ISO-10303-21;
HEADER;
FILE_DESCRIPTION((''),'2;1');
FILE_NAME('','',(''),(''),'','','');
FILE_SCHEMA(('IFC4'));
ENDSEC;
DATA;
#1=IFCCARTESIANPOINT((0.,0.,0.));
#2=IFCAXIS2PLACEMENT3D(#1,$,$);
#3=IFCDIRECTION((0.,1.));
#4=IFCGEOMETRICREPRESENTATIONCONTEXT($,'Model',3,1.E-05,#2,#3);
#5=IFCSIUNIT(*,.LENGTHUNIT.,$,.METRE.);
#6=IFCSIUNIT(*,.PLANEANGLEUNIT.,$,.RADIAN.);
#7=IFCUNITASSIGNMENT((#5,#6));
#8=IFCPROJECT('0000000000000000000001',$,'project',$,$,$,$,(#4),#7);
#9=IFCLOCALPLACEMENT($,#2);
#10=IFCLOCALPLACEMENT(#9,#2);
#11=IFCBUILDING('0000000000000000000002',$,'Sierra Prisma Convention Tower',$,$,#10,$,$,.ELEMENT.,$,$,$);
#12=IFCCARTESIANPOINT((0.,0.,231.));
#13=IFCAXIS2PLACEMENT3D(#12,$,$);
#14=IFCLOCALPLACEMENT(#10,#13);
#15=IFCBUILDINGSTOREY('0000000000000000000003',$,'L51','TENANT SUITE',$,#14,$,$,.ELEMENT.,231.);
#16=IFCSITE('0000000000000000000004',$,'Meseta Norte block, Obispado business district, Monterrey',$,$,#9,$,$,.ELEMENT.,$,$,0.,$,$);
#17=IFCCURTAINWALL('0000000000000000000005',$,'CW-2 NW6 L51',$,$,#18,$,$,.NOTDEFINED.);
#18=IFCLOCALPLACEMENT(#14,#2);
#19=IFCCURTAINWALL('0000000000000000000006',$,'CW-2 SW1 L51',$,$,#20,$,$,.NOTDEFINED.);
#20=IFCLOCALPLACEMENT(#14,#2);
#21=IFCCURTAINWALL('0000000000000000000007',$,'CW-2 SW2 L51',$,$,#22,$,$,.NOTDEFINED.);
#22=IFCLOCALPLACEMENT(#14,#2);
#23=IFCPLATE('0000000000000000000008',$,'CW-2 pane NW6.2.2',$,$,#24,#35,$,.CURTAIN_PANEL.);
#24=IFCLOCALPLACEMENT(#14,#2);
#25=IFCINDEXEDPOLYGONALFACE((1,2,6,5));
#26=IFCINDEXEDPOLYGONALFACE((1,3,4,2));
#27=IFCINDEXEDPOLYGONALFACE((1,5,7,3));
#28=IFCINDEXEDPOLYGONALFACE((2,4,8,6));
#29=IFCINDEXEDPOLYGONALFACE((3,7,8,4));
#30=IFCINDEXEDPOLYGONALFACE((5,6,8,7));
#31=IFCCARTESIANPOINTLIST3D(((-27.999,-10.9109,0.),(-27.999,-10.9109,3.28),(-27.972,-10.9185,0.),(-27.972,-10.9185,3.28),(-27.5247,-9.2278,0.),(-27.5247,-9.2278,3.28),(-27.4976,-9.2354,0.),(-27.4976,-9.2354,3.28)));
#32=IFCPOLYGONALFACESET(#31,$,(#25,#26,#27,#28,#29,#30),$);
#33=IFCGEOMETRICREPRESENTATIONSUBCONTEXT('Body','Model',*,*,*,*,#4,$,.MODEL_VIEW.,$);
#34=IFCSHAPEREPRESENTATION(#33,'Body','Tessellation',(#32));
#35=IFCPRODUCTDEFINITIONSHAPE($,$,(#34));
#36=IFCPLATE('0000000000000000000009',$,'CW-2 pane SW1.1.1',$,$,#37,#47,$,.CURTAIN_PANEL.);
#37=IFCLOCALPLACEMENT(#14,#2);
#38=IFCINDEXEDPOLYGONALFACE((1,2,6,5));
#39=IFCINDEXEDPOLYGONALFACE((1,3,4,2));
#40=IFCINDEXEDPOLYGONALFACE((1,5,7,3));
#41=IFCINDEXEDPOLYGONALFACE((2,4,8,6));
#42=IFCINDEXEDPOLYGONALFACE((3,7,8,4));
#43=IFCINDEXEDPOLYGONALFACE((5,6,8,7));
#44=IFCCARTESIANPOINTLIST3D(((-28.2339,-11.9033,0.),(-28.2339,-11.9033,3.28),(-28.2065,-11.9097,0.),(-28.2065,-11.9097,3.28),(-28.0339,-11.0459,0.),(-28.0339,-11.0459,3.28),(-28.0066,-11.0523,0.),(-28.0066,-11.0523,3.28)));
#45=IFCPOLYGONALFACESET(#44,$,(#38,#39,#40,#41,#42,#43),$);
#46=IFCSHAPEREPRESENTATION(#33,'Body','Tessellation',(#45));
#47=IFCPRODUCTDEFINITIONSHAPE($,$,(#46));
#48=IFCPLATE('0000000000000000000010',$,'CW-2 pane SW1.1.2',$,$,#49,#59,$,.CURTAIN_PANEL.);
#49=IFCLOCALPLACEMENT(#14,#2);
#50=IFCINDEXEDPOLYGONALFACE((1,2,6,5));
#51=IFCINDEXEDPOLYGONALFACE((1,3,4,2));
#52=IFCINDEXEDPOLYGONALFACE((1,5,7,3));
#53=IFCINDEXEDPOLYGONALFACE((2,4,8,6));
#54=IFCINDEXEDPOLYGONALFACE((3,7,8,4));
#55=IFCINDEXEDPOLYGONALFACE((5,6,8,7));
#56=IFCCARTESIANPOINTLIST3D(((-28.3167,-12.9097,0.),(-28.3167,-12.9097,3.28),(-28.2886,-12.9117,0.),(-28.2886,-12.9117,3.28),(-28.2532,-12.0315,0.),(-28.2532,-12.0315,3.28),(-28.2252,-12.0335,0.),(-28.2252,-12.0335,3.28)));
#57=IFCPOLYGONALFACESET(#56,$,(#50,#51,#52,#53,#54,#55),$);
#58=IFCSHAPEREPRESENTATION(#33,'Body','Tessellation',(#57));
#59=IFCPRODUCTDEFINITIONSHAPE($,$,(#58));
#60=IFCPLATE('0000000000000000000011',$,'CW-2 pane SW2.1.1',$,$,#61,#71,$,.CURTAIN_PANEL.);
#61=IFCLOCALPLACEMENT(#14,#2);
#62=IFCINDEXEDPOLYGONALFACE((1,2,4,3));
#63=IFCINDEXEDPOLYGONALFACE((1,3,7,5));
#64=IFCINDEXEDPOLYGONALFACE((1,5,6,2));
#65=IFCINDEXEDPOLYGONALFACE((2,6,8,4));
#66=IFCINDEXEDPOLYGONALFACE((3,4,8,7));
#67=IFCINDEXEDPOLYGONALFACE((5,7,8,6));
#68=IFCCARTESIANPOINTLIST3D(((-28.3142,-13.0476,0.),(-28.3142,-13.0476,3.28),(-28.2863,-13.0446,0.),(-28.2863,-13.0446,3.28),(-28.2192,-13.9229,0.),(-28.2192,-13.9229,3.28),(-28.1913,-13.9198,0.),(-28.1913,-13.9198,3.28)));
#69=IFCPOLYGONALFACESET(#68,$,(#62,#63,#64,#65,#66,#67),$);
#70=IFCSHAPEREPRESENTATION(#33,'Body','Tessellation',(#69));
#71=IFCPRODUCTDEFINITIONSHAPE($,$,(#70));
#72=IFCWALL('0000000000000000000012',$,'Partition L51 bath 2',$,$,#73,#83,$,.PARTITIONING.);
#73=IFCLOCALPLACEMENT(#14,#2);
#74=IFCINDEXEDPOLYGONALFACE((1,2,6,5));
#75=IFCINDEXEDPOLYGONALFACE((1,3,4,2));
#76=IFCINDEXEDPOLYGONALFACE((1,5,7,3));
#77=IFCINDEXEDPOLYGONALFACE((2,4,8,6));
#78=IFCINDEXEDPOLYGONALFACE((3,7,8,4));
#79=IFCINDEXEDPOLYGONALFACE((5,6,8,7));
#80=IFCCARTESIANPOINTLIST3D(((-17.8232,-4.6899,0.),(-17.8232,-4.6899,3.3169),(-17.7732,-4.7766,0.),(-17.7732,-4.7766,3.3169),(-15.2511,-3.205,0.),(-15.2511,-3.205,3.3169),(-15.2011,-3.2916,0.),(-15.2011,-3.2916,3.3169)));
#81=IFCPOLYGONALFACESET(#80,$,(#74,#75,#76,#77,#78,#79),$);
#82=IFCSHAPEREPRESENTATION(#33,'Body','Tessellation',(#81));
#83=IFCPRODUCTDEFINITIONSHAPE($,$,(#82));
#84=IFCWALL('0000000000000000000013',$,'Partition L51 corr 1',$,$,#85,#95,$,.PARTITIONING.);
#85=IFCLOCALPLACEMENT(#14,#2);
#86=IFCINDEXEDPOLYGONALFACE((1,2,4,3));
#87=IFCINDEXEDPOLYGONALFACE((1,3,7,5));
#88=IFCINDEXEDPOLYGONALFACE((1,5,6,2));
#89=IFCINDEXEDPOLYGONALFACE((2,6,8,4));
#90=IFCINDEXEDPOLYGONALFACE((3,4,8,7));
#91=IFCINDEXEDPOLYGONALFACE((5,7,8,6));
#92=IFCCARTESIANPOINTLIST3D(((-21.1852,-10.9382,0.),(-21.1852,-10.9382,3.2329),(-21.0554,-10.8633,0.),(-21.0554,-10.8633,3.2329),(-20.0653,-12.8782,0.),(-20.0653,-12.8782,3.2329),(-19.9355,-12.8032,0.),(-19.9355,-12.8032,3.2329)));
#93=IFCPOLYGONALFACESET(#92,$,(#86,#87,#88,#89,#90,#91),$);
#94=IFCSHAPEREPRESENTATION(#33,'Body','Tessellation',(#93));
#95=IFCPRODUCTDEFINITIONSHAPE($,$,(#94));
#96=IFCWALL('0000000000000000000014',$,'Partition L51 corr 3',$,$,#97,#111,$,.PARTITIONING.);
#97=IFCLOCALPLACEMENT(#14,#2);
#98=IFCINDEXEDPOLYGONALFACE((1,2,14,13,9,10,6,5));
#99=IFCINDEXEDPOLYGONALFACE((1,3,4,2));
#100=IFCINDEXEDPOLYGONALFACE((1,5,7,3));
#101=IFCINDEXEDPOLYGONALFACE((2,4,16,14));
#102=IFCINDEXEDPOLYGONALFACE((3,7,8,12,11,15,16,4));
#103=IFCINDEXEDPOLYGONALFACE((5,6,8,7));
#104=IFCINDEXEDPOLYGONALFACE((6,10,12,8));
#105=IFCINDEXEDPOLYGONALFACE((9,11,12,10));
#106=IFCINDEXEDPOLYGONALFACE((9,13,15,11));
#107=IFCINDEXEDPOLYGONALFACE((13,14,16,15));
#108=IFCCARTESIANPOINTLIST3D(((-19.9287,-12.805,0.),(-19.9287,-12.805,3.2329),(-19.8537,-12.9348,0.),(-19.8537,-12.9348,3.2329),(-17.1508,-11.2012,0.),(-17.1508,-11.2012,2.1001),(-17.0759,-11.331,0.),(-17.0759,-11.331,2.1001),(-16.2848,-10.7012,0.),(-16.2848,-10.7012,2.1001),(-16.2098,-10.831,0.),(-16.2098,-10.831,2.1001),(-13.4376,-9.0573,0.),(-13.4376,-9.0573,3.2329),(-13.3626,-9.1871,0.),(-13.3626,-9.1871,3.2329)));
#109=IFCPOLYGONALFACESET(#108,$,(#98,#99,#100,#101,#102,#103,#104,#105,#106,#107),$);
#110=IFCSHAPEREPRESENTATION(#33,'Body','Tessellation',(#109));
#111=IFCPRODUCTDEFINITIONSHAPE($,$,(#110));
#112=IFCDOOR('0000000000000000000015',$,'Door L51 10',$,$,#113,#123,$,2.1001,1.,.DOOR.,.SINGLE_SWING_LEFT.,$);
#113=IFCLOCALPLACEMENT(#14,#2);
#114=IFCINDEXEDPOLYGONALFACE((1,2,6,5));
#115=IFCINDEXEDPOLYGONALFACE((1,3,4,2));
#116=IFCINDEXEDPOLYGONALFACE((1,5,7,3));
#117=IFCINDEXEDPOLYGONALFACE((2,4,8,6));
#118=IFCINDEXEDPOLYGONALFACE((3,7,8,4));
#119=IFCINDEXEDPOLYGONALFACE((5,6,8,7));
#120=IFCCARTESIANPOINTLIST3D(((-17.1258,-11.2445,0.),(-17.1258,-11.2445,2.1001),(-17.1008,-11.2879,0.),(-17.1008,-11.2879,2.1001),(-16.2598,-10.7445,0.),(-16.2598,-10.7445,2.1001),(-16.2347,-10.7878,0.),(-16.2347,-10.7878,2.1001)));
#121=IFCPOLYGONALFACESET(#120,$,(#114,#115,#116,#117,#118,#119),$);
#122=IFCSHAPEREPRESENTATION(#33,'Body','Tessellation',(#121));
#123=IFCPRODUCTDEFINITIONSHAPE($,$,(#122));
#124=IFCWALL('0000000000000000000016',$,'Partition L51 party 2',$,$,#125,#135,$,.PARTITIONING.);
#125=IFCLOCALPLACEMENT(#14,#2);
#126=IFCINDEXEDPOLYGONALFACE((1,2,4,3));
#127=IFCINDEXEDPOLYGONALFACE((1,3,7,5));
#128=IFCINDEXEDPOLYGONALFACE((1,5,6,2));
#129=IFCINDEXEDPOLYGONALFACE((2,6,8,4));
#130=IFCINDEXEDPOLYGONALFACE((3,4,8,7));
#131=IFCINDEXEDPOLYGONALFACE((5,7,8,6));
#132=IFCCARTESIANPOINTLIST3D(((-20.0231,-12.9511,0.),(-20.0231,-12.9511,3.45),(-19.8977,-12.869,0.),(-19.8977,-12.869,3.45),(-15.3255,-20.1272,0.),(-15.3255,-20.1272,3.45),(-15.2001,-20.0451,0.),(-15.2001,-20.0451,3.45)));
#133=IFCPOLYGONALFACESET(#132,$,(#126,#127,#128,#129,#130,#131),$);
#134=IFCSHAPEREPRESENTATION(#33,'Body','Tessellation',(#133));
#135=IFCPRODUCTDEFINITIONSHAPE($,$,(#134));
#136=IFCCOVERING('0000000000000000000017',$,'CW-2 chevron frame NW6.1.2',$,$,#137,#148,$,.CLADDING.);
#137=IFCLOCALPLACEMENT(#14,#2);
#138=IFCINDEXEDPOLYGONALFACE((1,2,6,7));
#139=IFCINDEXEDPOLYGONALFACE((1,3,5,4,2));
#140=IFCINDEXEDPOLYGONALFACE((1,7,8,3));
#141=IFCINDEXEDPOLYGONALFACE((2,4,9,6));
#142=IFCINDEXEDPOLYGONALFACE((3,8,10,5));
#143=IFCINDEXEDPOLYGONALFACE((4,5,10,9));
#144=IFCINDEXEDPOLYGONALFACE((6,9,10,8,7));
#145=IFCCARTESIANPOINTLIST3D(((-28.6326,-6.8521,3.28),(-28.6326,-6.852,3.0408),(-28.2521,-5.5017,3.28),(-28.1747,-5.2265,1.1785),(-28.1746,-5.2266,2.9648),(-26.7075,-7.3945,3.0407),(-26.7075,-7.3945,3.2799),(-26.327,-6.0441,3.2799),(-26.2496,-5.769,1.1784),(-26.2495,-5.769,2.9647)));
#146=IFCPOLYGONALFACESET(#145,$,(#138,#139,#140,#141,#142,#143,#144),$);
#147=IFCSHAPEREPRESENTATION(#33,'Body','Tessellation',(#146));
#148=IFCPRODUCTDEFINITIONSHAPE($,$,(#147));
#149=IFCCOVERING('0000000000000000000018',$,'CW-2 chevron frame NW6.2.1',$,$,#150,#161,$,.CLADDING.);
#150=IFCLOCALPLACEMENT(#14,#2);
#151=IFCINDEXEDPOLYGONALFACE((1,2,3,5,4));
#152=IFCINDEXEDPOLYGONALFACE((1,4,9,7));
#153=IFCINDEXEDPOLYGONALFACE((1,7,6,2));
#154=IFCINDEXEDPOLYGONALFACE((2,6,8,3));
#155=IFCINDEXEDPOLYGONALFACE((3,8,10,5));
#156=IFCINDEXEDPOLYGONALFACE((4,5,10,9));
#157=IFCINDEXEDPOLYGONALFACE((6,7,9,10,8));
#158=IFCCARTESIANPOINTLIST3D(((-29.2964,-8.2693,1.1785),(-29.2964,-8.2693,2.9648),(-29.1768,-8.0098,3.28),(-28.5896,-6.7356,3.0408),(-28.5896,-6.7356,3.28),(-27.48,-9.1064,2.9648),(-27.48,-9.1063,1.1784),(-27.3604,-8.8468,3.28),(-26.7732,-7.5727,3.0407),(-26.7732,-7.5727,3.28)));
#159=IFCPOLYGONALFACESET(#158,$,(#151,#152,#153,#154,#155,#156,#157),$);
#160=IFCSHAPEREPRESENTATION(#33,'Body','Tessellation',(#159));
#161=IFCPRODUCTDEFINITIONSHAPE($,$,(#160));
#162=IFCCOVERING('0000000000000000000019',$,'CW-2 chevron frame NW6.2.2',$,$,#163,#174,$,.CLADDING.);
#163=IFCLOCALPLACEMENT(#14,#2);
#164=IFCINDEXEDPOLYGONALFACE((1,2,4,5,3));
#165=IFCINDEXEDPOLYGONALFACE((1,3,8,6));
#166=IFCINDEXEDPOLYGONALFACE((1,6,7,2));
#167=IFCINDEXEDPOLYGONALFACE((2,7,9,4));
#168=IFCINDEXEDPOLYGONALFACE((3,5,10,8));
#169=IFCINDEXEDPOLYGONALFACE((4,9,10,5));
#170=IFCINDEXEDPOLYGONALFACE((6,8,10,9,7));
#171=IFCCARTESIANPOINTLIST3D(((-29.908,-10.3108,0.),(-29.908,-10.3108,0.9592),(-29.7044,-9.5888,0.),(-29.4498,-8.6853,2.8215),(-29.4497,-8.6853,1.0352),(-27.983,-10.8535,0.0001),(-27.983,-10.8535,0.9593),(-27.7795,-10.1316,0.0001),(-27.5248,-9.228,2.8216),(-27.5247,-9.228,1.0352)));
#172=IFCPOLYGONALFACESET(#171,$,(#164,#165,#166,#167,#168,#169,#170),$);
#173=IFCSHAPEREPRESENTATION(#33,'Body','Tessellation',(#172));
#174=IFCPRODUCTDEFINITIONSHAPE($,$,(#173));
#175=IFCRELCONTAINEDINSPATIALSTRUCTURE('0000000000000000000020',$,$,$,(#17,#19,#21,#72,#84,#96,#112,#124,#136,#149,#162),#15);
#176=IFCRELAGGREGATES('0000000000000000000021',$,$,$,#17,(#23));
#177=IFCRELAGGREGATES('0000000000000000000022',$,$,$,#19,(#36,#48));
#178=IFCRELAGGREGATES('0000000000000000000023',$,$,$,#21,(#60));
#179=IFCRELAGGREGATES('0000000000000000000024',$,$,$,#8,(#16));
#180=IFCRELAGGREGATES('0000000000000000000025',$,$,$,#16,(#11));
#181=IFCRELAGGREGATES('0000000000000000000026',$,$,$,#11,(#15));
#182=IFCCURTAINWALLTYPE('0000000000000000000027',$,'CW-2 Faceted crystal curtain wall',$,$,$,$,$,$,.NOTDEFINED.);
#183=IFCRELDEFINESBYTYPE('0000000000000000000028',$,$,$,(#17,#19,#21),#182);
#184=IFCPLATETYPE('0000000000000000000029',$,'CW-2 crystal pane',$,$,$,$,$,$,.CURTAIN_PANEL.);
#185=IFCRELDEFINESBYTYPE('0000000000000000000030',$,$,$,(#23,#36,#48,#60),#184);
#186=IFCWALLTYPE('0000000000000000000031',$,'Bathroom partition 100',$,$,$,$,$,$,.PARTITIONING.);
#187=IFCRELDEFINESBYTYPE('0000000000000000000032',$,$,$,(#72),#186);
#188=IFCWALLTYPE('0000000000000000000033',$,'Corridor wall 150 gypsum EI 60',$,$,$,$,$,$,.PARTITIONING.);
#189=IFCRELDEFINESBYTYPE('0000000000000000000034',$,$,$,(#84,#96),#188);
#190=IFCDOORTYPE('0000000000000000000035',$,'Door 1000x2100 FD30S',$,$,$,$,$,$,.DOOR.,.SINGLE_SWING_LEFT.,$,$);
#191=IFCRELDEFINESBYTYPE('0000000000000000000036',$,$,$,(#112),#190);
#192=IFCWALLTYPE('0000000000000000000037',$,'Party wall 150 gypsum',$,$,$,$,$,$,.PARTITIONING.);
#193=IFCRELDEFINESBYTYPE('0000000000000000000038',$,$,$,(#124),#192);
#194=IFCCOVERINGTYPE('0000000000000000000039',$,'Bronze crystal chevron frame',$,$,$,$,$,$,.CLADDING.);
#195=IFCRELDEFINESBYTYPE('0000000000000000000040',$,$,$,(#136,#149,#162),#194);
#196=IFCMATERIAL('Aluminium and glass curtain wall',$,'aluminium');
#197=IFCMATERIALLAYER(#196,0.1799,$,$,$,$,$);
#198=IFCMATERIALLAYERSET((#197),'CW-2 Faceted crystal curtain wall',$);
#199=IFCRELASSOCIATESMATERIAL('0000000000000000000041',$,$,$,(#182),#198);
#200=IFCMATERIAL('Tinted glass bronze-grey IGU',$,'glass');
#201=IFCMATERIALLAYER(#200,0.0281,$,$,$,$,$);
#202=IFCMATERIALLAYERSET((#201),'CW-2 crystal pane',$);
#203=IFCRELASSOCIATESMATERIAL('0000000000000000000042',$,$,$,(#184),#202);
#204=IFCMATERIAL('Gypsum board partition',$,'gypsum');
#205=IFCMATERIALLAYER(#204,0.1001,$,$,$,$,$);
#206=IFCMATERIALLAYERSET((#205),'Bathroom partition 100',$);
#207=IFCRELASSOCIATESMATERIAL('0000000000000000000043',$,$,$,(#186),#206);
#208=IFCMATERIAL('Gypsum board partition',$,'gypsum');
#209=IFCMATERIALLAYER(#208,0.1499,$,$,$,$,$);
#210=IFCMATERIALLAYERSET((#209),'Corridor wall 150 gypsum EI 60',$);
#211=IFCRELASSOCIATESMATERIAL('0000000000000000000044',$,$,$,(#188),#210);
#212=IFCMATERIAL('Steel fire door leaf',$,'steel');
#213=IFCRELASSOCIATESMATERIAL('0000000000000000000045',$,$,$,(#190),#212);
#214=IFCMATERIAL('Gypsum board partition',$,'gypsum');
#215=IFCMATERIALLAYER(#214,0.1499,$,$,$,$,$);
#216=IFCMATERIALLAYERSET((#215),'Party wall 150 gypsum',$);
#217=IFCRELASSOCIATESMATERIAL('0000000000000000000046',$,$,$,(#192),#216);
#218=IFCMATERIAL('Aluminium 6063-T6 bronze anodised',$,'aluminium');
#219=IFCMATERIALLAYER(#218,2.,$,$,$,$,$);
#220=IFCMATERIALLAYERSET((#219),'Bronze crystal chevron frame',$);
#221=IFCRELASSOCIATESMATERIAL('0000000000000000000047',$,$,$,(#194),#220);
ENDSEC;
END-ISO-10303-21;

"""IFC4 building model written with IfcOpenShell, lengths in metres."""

from ifc_helpers import new_model, si_unit, direction, frame, frame_2d, origin, place, context, subcontext, project, spatial, polyline, rectangle, outline, extrude, material, layer, layer_set, type_object, element, fill, aggregate, save


model = new_model("IFC4")

# Units and contexts
model_context = context("Model", 3, precision=1e-05, world=origin(), true_north=direction((0.0, 1.0)))
body_context = subcontext(model_context, "Body", "Model", "MODEL_VIEW")
ifc_project = project(units=[si_unit("LENGTHUNIT", "METRE"), si_unit("PLANEANGLEUNIT", "RADIAN")], contexts=[model_context])

# Site, building, storey
site_placement = place(None, origin())
site = spatial("IfcSite", under=ifc_project, at=site_placement, Name="Meseta Norte block, Obispado business district, Monterrey", CompositionType="ELEMENT", RefElevation=0.0)
building_placement = place(site_placement, origin())
building = spatial("IfcBuilding", under=site, at=building_placement, Name="Sierra Prisma Convention Tower", CompositionType="ELEMENT")
storey_placement = place(building_placement, frame((0.0, 0.0, 231.0)))
storey = spatial("IfcBuildingStorey", under=building, at=storey_placement, Name="L51", Description="TENANT SUITE", CompositionType="ELEMENT", Elevation=231.0)

# Curtain wall
ifc_material_1 = material(Name="Aluminium and glass curtain wall", Category="aluminium")
ifc_layer_1 = layer(ifc_material_1, 0.1799)
ifc_layer_set_1 = layer_set([ifc_layer_1], Name="CW-2 Faceted crystal curtain wall")
curtain_wall_type = type_object("IfcCurtainWallType", Name="CW-2 Faceted crystal curtain wall", PredefinedType="NOTDEFINED", material=ifc_layer_set_1)
curtain_wall_1_placement = place(storey_placement, origin())
curtain_wall_1 = element("IfcCurtainWall", 1, at=curtain_wall_1_placement, inside=storey, type_object=curtain_wall_type, Name="CW-2 NW6 L51", PredefinedType="NOTDEFINED")

# Curtain walls
curtain_wall_2_placement = place(storey_placement, origin())
curtain_wall_2 = element("IfcCurtainWall", 2, at=curtain_wall_2_placement, inside=storey, type_object=curtain_wall_type, Name="CW-2 SW1 L51", PredefinedType="NOTDEFINED")
curtain_wall_3_placement = place(storey_placement, origin())
curtain_wall_3 = element("IfcCurtainWall", 3, at=curtain_wall_3_placement, inside=storey, type_object=curtain_wall_type, Name="CW-2 SW2 L51", PredefinedType="NOTDEFINED")

# Plates
ifc_material_2 = material(Name="Tinted glass bronze-grey IGU", Category="glass")
ifc_layer_2 = layer(ifc_material_2, 0.0281)
ifc_layer_set_2 = layer_set([ifc_layer_2], Name="CW-2 crystal pane")
plate_type = type_object("IfcPlateType", Name="CW-2 crystal pane", PredefinedType="CURTAIN_PANEL", material=ifc_layer_set_2)
plate_1_placement = place(storey_placement, frame((-27.999, -10.9109, 0.0), z_axis=(-0.962503, 0.271271, 0.0), x_axis=(0.271271, 0.962503, 0.0)))
plate_1 = element("IfcPlate", 4, at=plate_1_placement, type_object=plate_type, Name="CW-2 pane NW6.2.2", PredefinedType="CURTAIN_PANEL", context=body_context, shape_type="SweptSolid", body=[
    extrude(outline(polyline([(0.0, 0.0), (1.7487, 0.0), (1.7487, -3.28), (0.0, -3.28), (0.0, 0.0)])), origin(), (0.0, 0.0, -1.0), 0.0281),
])
aggregate(curtain_wall_1, [plate_1])
plate_2_placement = place(storey_placement, frame((-28.0339, -11.0459, 0.0), z_axis=(-0.97387, 0.227107, 0.0), x_axis=(-0.227107, -0.97387, 0.0)))
plate_2 = element("IfcPlate", 5, at=plate_2_placement, type_object=plate_type, Name="CW-2 pane SW1.1.1", PredefinedType="CURTAIN_PANEL", context=body_context, shape_type="SweptSolid", body=[
    extrude(outline(polyline([(0.0, 0.0), (0.8804, 0.0), (0.8804, 3.28), (0.0, 3.28), (0.0, 0.0)])), origin(), (0.0, 0.0, -1.0), 0.0281),
])
plate_3_placement = place(storey_placement, frame((-28.3167, -12.9097, 0.0), z_axis=(-0.997398, 0.072094, 0.0), x_axis=(0.072094, 0.997398, 0.0)))
plate_3 = element("IfcPlate", 6, at=plate_3_placement, type_object=plate_type, Name="CW-2 pane SW1.1.2", PredefinedType="CURTAIN_PANEL", context=body_context, shape_type="SweptSolid", body=[
    extrude(outline(polyline([(0.0, 0.0), (0.8805, 0.0), (0.8805, -3.28), (0.0, -3.28), (0.0, 0.0)])), origin(), (0.0, 0.0, -1.0), 0.0281),
])
aggregate(curtain_wall_2, [plate_2, plate_3])
plate_4_placement = place(storey_placement, frame((-28.3142, -13.0476, 0.0), z_axis=(-0.994165, -0.107874, 0.0), x_axis=(0.107874, -0.994165, 0.0)))
plate_4 = element("IfcPlate", 7, at=plate_4_placement, type_object=plate_type, Name="CW-2 pane SW2.1.1", PredefinedType="CURTAIN_PANEL", context=body_context, shape_type="SweptSolid", body=[
    extrude(outline(polyline([(0.0, 0.0), (0.8804, 0.0), (0.8804, 3.28), (0.0, 3.28), (0.0, 0.0)])), origin(), (0.0, 0.0, -1.0), 0.0281),
])
aggregate(curtain_wall_3, [plate_4])

# Walls
ifc_material_3 = material(Name="Gypsum board partition", Category="gypsum")
ifc_layer_3 = layer(ifc_material_3, 0.1001)
ifc_layer_set_3 = layer_set([ifc_layer_3], Name="Bathroom partition 100")
wall_type_1 = type_object("IfcWallType", Name="Bathroom partition 100", PredefinedType="PARTITIONING", material=ifc_layer_set_3)
wall_1_placement = place(storey_placement, frame((-17.7981, -4.7332, 0.0), z_axis=(0.0, 0.0, 1.0), x_axis=(0.866039, 0.499976, 0.0)))
element("IfcWall", 8, at=wall_1_placement, inside=storey, type_object=wall_type_1, Name="Partition L51 bath 2", PredefinedType="PARTITIONING", context=body_context, shape_type="SweptSolid", body=[
    extrude(rectangle(XDim=2.97, YDim=0.1001, at=frame_2d((1.4849, 0.0))), origin(), (0.0, 0.0, 1.0), 3.3169),
])
ifc_material_4 = material(Name="Gypsum board partition", Category="gypsum")
ifc_layer_4 = layer(ifc_material_4, 0.1499)
ifc_layer_set_4 = layer_set([ifc_layer_4], Name="Corridor wall 150 gypsum EI 60")
wall_type_2 = type_object("IfcWallType", Name="Corridor wall 150 gypsum EI 60", PredefinedType="PARTITIONING", material=ifc_layer_set_4)
wall_2_placement = place(storey_placement, frame((-21.1204, -10.9006, 0.0), z_axis=(0.0, 0.0, 1.0), x_axis=(0.499949, -0.866055, 0.0)))
element("IfcWall", 9, at=wall_2_placement, inside=storey, type_object=wall_type_2, Name="Partition L51 corr 1", PredefinedType="PARTITIONING", context=body_context, shape_type="SweptSolid", body=[
    extrude(rectangle(XDim=2.24, YDim=0.1499, at=frame_2d((1.1201, 0.0))), origin(), (0.0, 0.0, 1.0), 3.2329),
])

# Wall, opening, door
wall_3_placement = place(storey_placement, frame((-19.8911, -12.8699, 0.0), z_axis=(0.0, 0.0, 1.0), x_axis=(0.86602, 0.50001, 0.0)))
wall_3 = element("IfcWall", 10, at=wall_3_placement, inside=storey, type_object=wall_type_2, Name="Partition L51 corr 3", PredefinedType="PARTITIONING", context=body_context, shape_type="SweptSolid", body=[
    extrude(rectangle(XDim=7.4954, YDim=0.1499, at=frame_2d((3.7476, 0.0))), origin(), (0.0, 0.0, 1.0), 3.2329),
])
opening_placement = place(wall_3_placement, frame((3.2075, 0.0, 0.0)))
opening = element("IfcOpeningElement", 11, at=opening_placement, cuts=wall_3, PredefinedType="OPENING", context=body_context, shape_type="SweptSolid", body=[
    extrude(rectangle(XDim=1.0, YDim=2.1001, at=frame_2d((0.5, 1.05))), frame((0.0, 0.075, 0.0), z_axis=(0.0, -1.0, 0.0), x_axis=(1.0, 0.0, 0.0)), (0.0, 0.0, 1.0), 0.1499),
])
ifc_material_5 = material(Name="Steel fire door leaf", Category="steel")
door_type = type_object("IfcDoorType", Name="Door 1000x2100 FD30S", OperationType="SINGLE_SWING_LEFT", PredefinedType="DOOR", material=ifc_material_5)
door_placement = place(opening_placement, origin())
door = element("IfcDoor", 12, at=door_placement, inside=storey, type_object=door_type, Name="Door L51 10", OperationType="SINGLE_SWING_LEFT", OverallHeight=2.1001, OverallWidth=1.0, PredefinedType="DOOR", context=body_context, shape_type="SweptSolid", body=[
    extrude(rectangle(XDim=1.0, YDim=2.1001, at=frame_2d((0.5, 1.05))), frame((0.0, 0.0249, 0.0), z_axis=(0.0, -1.0, 0.0), x_axis=(1.0, 0.0, 0.0)), (0.0, 0.0, 1.0), 0.05),
])
fill(opening, door)

# Wall
ifc_material_6 = material(Name="Gypsum board partition", Category="gypsum")
ifc_layer_5 = layer(ifc_material_6, 0.1499)
ifc_layer_set_5 = layer_set([ifc_layer_5], Name="Party wall 150 gypsum")
wall_type_3 = type_object("IfcWallType", Name="Party wall 150 gypsum", PredefinedType="PARTITIONING", material=ifc_layer_set_5)
wall_4_placement = place(storey_placement, frame((-19.9604, -12.9099, 0.0), z_axis=(0.0, 0.0, 1.0), x_axis=(0.547698, -0.836676, 0.0)))
element("IfcWall", 13, at=wall_4_placement, inside=storey, type_object=wall_type_3, Name="Partition L51 party 2", PredefinedType="PARTITIONING", context=body_context, shape_type="SweptSolid", body=[
    extrude(rectangle(XDim=8.5769, YDim=0.1499, at=frame_2d((4.2886, 0.0))), origin(), (0.0, 0.0, 1.0), 3.45),
])

# Coverings
ifc_material_7 = material(Name="Aluminium 6063-T6 bronze anodised", Category="aluminium")
ifc_layer_6 = layer(ifc_material_7, 2.0)
ifc_layer_set_6 = layer_set([ifc_layer_6], Name="Bronze crystal chevron frame")
covering_type = type_object("IfcCoveringType", Name="Bronze crystal chevron frame", PredefinedType="CLADDING", material=ifc_layer_set_6)
covering_1_placement = place(storey_placement, frame((-28.1746, -5.2266, 2.9648), z_axis=(-0.962518, 0.271216, 0.000057), x_axis=(-0.000054, 0.000015, -1.0)))
element("IfcCovering", 14, at=covering_1_placement, inside=storey, type_object=covering_type, Name="CW-2 chevron frame NW6.1.2", PredefinedType="CLADDING", context=body_context, shape_type="SweptSolid", body=[
    extrude(outline(polyline([(0.0, 0.0), (1.7864, 0.0), (-0.0759, 1.6888), (-0.3152, 1.6888), (-0.3152, 0.2858), (0.0, 0.0)])), origin(), (0.0, 0.0, -1.0), 2.0),
])
covering_2_placement = place(storey_placement, frame((-28.5896, -6.7356, 3.28), z_axis=(-0.908201, 0.418533, 0.000012), x_axis=(-0.000011, 0.000005, -1.0)))
element("IfcCovering", 15, at=covering_2_placement, inside=storey, type_object=covering_type, Name="CW-2 chevron frame NW6.2.1", PredefinedType="CLADDING", context=body_context, shape_type="SweptSolid", body=[
    extrude(outline(polyline([(0.0, 0.0), (0.2393, 0.0), (2.1016, 1.6887), (0.3152, 1.6887), (0.0, 1.4029), (0.0, 0.0)])), origin(), (0.0, 0.0, -1.0), 2.0),
])
covering_3_placement = place(storey_placement, frame((-29.908, -10.3108, 0.0), z_axis=(-0.962479, 0.271356, -0.000027), x_axis=(-0.000026, 0.000007, 1.0)))
element("IfcCovering", 16, at=covering_3_placement, inside=storey, type_object=covering_type, Name="CW-2 chevron frame NW6.2.2", PredefinedType="CLADDING", context=body_context, shape_type="SweptSolid", body=[
    extrude(outline(polyline([(0.0, 0.0), (0.9592, 0.0), (2.8215, 1.6888), (1.0352, 1.6888), (0.0, 0.7501), (0.0, 0.0)])), origin(), (0.0, 0.0, -1.0), 2.0),
])

save(model, "model.ifc")
